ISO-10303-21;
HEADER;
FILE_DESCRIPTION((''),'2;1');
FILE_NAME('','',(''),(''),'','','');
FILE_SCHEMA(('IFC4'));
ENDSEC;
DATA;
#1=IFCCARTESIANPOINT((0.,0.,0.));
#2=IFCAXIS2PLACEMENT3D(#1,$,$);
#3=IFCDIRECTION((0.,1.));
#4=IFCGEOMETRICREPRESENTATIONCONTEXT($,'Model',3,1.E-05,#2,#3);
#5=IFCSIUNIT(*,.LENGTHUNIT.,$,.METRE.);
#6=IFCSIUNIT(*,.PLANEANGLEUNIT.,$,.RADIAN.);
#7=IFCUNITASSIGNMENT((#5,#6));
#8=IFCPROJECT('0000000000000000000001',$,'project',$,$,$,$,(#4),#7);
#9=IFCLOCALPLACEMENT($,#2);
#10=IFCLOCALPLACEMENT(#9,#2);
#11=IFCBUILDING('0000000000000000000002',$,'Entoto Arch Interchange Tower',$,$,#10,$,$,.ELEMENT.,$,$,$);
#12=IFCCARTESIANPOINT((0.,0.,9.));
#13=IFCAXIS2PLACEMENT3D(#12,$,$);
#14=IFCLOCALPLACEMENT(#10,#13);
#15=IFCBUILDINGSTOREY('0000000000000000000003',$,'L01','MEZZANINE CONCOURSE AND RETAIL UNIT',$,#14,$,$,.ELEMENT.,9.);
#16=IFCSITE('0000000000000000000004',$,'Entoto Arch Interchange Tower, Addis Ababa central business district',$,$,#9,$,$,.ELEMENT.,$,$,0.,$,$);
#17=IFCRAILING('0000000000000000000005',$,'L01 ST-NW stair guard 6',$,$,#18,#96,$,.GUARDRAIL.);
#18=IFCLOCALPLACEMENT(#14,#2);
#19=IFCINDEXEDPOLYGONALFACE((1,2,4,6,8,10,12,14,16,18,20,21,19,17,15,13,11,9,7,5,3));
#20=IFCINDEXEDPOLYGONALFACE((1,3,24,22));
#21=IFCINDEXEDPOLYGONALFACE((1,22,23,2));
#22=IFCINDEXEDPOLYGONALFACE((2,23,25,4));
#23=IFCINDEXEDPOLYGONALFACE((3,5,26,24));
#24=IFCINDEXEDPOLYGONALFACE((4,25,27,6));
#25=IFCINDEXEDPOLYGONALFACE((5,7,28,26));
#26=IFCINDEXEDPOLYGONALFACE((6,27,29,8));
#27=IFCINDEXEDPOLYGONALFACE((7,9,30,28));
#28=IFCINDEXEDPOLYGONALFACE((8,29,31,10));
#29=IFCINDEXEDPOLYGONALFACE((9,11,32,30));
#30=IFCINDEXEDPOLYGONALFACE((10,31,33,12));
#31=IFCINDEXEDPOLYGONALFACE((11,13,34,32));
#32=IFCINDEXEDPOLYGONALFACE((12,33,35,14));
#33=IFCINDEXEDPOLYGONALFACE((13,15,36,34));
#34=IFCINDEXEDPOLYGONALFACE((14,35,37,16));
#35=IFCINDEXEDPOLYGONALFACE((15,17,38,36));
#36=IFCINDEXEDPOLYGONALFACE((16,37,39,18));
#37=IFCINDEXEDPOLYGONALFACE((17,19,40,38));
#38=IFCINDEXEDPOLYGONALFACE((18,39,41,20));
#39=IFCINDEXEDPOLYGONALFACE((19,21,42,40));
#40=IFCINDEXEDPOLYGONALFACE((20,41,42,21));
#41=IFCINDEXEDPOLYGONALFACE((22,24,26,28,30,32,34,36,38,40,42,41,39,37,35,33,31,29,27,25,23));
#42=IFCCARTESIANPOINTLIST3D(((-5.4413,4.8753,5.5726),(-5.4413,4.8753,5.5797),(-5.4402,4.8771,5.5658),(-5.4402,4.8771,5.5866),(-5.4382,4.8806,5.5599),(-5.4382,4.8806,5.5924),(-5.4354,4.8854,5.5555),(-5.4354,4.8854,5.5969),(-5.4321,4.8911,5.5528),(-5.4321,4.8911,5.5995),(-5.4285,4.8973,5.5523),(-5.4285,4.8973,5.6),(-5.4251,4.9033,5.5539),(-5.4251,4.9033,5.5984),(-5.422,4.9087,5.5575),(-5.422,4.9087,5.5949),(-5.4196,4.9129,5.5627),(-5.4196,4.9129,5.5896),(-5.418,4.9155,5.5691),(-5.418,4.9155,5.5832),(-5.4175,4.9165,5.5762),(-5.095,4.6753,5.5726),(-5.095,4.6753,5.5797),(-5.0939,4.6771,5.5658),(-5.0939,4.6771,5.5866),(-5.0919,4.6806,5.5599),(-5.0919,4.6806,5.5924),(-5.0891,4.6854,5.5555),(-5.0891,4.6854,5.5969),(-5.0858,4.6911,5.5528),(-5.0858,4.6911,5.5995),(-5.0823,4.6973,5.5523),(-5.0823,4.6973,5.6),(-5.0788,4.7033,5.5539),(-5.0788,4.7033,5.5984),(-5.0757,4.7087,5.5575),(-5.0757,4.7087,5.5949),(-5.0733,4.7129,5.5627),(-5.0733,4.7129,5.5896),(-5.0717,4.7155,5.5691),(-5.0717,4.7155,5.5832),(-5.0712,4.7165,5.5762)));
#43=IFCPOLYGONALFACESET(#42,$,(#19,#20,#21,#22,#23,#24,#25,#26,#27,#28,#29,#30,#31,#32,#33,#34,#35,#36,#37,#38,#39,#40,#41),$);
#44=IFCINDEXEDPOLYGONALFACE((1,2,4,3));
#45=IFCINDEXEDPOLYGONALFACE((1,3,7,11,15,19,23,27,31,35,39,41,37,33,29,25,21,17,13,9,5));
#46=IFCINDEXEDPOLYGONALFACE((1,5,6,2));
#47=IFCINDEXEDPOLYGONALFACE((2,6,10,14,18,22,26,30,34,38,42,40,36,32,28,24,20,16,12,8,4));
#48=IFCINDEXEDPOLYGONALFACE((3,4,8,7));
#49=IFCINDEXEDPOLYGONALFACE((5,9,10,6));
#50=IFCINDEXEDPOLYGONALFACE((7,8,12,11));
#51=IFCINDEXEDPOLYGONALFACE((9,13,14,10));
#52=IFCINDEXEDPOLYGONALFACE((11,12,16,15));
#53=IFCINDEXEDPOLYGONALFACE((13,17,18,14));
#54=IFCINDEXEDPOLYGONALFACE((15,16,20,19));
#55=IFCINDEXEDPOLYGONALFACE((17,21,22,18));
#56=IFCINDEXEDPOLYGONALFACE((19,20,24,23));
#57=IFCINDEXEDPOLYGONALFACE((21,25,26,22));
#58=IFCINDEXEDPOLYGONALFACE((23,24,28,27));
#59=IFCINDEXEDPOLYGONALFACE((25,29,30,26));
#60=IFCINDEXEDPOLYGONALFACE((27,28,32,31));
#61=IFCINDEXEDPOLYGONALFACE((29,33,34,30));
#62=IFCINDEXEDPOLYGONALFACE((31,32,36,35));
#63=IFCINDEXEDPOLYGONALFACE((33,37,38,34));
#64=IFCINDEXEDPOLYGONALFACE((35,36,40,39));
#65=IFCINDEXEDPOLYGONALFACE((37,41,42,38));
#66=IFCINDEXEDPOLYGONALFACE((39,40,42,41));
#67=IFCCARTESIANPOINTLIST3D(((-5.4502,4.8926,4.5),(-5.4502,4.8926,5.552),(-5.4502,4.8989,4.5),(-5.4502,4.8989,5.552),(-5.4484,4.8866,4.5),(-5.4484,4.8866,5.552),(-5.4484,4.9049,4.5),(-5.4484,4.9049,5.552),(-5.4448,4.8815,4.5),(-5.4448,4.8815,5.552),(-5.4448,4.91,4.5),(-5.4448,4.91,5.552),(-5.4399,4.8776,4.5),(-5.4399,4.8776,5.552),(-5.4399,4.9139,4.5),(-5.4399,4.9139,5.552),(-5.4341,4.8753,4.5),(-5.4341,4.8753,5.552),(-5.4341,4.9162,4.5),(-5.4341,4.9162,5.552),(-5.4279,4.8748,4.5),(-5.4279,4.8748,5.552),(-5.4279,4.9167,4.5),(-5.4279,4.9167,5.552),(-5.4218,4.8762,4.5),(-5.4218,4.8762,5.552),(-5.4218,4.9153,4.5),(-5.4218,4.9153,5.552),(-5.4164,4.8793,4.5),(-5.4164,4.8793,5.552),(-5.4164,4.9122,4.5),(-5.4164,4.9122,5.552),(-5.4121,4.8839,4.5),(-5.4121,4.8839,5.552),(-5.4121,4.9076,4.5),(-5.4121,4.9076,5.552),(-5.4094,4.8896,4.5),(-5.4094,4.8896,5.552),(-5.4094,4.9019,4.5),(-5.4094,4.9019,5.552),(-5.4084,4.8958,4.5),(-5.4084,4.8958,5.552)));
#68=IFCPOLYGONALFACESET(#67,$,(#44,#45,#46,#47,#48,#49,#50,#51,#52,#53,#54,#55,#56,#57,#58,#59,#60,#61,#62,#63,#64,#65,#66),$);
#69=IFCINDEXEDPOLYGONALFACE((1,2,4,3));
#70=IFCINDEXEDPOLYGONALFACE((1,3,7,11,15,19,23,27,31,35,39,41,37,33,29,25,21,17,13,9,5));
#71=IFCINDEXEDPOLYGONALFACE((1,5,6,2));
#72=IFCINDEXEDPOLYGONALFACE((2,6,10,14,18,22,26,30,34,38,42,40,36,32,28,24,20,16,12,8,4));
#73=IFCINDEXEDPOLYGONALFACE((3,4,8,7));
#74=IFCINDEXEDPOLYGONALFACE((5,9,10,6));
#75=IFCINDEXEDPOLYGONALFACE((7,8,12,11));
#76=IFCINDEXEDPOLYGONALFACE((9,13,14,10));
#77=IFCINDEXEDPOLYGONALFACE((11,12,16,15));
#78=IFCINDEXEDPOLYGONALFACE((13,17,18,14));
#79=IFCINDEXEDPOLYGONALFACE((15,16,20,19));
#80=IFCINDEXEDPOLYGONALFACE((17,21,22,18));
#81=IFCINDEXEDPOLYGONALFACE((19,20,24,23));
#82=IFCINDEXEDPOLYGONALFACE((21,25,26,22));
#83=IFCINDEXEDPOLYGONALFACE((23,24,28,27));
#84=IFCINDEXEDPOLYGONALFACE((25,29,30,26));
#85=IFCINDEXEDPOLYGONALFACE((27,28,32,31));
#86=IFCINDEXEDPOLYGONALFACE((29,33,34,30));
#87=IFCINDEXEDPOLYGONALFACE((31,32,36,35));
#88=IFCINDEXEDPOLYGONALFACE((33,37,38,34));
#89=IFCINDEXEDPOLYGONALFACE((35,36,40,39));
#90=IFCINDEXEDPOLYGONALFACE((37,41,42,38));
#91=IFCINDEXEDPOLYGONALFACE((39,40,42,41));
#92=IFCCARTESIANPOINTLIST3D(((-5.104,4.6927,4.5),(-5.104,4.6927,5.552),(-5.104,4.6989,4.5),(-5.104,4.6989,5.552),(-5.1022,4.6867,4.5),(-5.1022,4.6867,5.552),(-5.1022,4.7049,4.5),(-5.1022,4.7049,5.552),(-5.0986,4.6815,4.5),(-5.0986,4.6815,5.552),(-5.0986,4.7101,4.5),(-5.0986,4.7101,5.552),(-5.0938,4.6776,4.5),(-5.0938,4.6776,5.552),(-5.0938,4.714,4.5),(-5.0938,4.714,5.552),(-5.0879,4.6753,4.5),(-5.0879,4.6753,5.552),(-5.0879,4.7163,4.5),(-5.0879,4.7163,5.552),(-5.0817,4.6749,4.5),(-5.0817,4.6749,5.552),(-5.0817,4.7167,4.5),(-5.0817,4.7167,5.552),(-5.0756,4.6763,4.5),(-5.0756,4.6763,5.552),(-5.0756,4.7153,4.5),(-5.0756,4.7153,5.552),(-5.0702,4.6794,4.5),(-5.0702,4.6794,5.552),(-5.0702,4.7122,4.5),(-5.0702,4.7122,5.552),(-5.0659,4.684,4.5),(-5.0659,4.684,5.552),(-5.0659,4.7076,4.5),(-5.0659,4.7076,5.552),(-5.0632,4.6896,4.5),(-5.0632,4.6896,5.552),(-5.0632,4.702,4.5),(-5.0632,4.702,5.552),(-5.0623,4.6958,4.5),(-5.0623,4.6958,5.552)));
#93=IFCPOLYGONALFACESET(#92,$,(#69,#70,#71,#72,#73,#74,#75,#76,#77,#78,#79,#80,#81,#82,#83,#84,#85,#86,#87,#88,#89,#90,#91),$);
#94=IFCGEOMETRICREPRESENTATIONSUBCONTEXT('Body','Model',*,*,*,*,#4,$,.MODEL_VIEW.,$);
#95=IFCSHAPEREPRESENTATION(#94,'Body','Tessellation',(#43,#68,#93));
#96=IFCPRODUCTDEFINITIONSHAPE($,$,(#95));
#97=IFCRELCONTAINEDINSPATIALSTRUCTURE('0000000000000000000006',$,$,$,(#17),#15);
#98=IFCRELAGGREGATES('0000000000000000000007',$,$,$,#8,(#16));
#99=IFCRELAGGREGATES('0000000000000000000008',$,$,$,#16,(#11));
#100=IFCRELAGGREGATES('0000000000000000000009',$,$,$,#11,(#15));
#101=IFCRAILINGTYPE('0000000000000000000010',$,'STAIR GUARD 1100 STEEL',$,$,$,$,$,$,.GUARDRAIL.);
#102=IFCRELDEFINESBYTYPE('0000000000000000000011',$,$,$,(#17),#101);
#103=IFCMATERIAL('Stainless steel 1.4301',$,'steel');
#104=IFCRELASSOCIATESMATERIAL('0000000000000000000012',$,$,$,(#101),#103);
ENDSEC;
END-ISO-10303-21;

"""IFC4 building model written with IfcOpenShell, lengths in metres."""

from ifc_helpers import new_model, si_unit, direction, frame, origin, origin_2d, place, context, subcontext, project, spatial, circle, extrude, material, type_object, element, save


model = new_model("IFC4")

# Units and contexts
model_context = context("Model", 3, precision=1e-05, world=origin(), true_north=direction((0.0, 1.0)))
body_context = subcontext(model_context, "Body", "Model", "MODEL_VIEW")
ifc_project = project(units=[si_unit("LENGTHUNIT", "METRE"), si_unit("PLANEANGLEUNIT", "RADIAN")], contexts=[model_context])

# Site, building, storey
site_placement = place(None, origin())
site = spatial("IfcSite", under=ifc_project, at=site_placement, Name="Entoto Arch Interchange Tower, Addis Ababa central business district", CompositionType="ELEMENT", RefElevation=0.0)
building_placement = place(site_placement, origin())
building = spatial("IfcBuilding", under=site, at=building_placement, Name="Entoto Arch Interchange Tower", CompositionType="ELEMENT")
storey_placement = place(building_placement, frame((0.0, 0.0, 9.0)))
storey = spatial("IfcBuildingStorey", under=building, at=storey_placement, Name="L01", Description="MEZZANINE CONCOURSE AND RETAIL UNIT", CompositionType="ELEMENT", Elevation=9.0)

# Railing
ifc_material_1 = material(Name="Stainless steel 1.4301", Category="steel")
railing_type = type_object("IfcRailingType", Name="STAIR GUARD 1100 STEEL", PredefinedType="GUARDRAIL", material=ifc_material_1)
railing_1_placement = place(storey_placement, frame((-5.4294, 4.8958, 4.5)))
element("IfcRailing", 1, at=railing_1_placement, inside=storey, type_object=railing_type, Name="L01 ST-NW stair guard 6", PredefinedType="GUARDRAIL", context=body_context, shape_type="SweptSolid", body=[
    extrude(circle(Radius=0.0239, at=origin_2d()), frame((0.0, 0.0, 1.0762), z_axis=(0.865941, -0.500145, 0.0), x_axis=(0.500145, 0.865941, 0.0)), (0.0, 0.0, 1.0), 0.3999),
    extrude(circle(Radius=0.021, at=origin_2d()), origin(), (0.0, 0.0, 1.0), 1.052),
    extrude(circle(Radius=0.021, at=origin_2d()), frame((0.3462, -0.2, 0.0)), (0.0, 0.0, 1.0), 1.052),
])

save(model, "model.ifc")
